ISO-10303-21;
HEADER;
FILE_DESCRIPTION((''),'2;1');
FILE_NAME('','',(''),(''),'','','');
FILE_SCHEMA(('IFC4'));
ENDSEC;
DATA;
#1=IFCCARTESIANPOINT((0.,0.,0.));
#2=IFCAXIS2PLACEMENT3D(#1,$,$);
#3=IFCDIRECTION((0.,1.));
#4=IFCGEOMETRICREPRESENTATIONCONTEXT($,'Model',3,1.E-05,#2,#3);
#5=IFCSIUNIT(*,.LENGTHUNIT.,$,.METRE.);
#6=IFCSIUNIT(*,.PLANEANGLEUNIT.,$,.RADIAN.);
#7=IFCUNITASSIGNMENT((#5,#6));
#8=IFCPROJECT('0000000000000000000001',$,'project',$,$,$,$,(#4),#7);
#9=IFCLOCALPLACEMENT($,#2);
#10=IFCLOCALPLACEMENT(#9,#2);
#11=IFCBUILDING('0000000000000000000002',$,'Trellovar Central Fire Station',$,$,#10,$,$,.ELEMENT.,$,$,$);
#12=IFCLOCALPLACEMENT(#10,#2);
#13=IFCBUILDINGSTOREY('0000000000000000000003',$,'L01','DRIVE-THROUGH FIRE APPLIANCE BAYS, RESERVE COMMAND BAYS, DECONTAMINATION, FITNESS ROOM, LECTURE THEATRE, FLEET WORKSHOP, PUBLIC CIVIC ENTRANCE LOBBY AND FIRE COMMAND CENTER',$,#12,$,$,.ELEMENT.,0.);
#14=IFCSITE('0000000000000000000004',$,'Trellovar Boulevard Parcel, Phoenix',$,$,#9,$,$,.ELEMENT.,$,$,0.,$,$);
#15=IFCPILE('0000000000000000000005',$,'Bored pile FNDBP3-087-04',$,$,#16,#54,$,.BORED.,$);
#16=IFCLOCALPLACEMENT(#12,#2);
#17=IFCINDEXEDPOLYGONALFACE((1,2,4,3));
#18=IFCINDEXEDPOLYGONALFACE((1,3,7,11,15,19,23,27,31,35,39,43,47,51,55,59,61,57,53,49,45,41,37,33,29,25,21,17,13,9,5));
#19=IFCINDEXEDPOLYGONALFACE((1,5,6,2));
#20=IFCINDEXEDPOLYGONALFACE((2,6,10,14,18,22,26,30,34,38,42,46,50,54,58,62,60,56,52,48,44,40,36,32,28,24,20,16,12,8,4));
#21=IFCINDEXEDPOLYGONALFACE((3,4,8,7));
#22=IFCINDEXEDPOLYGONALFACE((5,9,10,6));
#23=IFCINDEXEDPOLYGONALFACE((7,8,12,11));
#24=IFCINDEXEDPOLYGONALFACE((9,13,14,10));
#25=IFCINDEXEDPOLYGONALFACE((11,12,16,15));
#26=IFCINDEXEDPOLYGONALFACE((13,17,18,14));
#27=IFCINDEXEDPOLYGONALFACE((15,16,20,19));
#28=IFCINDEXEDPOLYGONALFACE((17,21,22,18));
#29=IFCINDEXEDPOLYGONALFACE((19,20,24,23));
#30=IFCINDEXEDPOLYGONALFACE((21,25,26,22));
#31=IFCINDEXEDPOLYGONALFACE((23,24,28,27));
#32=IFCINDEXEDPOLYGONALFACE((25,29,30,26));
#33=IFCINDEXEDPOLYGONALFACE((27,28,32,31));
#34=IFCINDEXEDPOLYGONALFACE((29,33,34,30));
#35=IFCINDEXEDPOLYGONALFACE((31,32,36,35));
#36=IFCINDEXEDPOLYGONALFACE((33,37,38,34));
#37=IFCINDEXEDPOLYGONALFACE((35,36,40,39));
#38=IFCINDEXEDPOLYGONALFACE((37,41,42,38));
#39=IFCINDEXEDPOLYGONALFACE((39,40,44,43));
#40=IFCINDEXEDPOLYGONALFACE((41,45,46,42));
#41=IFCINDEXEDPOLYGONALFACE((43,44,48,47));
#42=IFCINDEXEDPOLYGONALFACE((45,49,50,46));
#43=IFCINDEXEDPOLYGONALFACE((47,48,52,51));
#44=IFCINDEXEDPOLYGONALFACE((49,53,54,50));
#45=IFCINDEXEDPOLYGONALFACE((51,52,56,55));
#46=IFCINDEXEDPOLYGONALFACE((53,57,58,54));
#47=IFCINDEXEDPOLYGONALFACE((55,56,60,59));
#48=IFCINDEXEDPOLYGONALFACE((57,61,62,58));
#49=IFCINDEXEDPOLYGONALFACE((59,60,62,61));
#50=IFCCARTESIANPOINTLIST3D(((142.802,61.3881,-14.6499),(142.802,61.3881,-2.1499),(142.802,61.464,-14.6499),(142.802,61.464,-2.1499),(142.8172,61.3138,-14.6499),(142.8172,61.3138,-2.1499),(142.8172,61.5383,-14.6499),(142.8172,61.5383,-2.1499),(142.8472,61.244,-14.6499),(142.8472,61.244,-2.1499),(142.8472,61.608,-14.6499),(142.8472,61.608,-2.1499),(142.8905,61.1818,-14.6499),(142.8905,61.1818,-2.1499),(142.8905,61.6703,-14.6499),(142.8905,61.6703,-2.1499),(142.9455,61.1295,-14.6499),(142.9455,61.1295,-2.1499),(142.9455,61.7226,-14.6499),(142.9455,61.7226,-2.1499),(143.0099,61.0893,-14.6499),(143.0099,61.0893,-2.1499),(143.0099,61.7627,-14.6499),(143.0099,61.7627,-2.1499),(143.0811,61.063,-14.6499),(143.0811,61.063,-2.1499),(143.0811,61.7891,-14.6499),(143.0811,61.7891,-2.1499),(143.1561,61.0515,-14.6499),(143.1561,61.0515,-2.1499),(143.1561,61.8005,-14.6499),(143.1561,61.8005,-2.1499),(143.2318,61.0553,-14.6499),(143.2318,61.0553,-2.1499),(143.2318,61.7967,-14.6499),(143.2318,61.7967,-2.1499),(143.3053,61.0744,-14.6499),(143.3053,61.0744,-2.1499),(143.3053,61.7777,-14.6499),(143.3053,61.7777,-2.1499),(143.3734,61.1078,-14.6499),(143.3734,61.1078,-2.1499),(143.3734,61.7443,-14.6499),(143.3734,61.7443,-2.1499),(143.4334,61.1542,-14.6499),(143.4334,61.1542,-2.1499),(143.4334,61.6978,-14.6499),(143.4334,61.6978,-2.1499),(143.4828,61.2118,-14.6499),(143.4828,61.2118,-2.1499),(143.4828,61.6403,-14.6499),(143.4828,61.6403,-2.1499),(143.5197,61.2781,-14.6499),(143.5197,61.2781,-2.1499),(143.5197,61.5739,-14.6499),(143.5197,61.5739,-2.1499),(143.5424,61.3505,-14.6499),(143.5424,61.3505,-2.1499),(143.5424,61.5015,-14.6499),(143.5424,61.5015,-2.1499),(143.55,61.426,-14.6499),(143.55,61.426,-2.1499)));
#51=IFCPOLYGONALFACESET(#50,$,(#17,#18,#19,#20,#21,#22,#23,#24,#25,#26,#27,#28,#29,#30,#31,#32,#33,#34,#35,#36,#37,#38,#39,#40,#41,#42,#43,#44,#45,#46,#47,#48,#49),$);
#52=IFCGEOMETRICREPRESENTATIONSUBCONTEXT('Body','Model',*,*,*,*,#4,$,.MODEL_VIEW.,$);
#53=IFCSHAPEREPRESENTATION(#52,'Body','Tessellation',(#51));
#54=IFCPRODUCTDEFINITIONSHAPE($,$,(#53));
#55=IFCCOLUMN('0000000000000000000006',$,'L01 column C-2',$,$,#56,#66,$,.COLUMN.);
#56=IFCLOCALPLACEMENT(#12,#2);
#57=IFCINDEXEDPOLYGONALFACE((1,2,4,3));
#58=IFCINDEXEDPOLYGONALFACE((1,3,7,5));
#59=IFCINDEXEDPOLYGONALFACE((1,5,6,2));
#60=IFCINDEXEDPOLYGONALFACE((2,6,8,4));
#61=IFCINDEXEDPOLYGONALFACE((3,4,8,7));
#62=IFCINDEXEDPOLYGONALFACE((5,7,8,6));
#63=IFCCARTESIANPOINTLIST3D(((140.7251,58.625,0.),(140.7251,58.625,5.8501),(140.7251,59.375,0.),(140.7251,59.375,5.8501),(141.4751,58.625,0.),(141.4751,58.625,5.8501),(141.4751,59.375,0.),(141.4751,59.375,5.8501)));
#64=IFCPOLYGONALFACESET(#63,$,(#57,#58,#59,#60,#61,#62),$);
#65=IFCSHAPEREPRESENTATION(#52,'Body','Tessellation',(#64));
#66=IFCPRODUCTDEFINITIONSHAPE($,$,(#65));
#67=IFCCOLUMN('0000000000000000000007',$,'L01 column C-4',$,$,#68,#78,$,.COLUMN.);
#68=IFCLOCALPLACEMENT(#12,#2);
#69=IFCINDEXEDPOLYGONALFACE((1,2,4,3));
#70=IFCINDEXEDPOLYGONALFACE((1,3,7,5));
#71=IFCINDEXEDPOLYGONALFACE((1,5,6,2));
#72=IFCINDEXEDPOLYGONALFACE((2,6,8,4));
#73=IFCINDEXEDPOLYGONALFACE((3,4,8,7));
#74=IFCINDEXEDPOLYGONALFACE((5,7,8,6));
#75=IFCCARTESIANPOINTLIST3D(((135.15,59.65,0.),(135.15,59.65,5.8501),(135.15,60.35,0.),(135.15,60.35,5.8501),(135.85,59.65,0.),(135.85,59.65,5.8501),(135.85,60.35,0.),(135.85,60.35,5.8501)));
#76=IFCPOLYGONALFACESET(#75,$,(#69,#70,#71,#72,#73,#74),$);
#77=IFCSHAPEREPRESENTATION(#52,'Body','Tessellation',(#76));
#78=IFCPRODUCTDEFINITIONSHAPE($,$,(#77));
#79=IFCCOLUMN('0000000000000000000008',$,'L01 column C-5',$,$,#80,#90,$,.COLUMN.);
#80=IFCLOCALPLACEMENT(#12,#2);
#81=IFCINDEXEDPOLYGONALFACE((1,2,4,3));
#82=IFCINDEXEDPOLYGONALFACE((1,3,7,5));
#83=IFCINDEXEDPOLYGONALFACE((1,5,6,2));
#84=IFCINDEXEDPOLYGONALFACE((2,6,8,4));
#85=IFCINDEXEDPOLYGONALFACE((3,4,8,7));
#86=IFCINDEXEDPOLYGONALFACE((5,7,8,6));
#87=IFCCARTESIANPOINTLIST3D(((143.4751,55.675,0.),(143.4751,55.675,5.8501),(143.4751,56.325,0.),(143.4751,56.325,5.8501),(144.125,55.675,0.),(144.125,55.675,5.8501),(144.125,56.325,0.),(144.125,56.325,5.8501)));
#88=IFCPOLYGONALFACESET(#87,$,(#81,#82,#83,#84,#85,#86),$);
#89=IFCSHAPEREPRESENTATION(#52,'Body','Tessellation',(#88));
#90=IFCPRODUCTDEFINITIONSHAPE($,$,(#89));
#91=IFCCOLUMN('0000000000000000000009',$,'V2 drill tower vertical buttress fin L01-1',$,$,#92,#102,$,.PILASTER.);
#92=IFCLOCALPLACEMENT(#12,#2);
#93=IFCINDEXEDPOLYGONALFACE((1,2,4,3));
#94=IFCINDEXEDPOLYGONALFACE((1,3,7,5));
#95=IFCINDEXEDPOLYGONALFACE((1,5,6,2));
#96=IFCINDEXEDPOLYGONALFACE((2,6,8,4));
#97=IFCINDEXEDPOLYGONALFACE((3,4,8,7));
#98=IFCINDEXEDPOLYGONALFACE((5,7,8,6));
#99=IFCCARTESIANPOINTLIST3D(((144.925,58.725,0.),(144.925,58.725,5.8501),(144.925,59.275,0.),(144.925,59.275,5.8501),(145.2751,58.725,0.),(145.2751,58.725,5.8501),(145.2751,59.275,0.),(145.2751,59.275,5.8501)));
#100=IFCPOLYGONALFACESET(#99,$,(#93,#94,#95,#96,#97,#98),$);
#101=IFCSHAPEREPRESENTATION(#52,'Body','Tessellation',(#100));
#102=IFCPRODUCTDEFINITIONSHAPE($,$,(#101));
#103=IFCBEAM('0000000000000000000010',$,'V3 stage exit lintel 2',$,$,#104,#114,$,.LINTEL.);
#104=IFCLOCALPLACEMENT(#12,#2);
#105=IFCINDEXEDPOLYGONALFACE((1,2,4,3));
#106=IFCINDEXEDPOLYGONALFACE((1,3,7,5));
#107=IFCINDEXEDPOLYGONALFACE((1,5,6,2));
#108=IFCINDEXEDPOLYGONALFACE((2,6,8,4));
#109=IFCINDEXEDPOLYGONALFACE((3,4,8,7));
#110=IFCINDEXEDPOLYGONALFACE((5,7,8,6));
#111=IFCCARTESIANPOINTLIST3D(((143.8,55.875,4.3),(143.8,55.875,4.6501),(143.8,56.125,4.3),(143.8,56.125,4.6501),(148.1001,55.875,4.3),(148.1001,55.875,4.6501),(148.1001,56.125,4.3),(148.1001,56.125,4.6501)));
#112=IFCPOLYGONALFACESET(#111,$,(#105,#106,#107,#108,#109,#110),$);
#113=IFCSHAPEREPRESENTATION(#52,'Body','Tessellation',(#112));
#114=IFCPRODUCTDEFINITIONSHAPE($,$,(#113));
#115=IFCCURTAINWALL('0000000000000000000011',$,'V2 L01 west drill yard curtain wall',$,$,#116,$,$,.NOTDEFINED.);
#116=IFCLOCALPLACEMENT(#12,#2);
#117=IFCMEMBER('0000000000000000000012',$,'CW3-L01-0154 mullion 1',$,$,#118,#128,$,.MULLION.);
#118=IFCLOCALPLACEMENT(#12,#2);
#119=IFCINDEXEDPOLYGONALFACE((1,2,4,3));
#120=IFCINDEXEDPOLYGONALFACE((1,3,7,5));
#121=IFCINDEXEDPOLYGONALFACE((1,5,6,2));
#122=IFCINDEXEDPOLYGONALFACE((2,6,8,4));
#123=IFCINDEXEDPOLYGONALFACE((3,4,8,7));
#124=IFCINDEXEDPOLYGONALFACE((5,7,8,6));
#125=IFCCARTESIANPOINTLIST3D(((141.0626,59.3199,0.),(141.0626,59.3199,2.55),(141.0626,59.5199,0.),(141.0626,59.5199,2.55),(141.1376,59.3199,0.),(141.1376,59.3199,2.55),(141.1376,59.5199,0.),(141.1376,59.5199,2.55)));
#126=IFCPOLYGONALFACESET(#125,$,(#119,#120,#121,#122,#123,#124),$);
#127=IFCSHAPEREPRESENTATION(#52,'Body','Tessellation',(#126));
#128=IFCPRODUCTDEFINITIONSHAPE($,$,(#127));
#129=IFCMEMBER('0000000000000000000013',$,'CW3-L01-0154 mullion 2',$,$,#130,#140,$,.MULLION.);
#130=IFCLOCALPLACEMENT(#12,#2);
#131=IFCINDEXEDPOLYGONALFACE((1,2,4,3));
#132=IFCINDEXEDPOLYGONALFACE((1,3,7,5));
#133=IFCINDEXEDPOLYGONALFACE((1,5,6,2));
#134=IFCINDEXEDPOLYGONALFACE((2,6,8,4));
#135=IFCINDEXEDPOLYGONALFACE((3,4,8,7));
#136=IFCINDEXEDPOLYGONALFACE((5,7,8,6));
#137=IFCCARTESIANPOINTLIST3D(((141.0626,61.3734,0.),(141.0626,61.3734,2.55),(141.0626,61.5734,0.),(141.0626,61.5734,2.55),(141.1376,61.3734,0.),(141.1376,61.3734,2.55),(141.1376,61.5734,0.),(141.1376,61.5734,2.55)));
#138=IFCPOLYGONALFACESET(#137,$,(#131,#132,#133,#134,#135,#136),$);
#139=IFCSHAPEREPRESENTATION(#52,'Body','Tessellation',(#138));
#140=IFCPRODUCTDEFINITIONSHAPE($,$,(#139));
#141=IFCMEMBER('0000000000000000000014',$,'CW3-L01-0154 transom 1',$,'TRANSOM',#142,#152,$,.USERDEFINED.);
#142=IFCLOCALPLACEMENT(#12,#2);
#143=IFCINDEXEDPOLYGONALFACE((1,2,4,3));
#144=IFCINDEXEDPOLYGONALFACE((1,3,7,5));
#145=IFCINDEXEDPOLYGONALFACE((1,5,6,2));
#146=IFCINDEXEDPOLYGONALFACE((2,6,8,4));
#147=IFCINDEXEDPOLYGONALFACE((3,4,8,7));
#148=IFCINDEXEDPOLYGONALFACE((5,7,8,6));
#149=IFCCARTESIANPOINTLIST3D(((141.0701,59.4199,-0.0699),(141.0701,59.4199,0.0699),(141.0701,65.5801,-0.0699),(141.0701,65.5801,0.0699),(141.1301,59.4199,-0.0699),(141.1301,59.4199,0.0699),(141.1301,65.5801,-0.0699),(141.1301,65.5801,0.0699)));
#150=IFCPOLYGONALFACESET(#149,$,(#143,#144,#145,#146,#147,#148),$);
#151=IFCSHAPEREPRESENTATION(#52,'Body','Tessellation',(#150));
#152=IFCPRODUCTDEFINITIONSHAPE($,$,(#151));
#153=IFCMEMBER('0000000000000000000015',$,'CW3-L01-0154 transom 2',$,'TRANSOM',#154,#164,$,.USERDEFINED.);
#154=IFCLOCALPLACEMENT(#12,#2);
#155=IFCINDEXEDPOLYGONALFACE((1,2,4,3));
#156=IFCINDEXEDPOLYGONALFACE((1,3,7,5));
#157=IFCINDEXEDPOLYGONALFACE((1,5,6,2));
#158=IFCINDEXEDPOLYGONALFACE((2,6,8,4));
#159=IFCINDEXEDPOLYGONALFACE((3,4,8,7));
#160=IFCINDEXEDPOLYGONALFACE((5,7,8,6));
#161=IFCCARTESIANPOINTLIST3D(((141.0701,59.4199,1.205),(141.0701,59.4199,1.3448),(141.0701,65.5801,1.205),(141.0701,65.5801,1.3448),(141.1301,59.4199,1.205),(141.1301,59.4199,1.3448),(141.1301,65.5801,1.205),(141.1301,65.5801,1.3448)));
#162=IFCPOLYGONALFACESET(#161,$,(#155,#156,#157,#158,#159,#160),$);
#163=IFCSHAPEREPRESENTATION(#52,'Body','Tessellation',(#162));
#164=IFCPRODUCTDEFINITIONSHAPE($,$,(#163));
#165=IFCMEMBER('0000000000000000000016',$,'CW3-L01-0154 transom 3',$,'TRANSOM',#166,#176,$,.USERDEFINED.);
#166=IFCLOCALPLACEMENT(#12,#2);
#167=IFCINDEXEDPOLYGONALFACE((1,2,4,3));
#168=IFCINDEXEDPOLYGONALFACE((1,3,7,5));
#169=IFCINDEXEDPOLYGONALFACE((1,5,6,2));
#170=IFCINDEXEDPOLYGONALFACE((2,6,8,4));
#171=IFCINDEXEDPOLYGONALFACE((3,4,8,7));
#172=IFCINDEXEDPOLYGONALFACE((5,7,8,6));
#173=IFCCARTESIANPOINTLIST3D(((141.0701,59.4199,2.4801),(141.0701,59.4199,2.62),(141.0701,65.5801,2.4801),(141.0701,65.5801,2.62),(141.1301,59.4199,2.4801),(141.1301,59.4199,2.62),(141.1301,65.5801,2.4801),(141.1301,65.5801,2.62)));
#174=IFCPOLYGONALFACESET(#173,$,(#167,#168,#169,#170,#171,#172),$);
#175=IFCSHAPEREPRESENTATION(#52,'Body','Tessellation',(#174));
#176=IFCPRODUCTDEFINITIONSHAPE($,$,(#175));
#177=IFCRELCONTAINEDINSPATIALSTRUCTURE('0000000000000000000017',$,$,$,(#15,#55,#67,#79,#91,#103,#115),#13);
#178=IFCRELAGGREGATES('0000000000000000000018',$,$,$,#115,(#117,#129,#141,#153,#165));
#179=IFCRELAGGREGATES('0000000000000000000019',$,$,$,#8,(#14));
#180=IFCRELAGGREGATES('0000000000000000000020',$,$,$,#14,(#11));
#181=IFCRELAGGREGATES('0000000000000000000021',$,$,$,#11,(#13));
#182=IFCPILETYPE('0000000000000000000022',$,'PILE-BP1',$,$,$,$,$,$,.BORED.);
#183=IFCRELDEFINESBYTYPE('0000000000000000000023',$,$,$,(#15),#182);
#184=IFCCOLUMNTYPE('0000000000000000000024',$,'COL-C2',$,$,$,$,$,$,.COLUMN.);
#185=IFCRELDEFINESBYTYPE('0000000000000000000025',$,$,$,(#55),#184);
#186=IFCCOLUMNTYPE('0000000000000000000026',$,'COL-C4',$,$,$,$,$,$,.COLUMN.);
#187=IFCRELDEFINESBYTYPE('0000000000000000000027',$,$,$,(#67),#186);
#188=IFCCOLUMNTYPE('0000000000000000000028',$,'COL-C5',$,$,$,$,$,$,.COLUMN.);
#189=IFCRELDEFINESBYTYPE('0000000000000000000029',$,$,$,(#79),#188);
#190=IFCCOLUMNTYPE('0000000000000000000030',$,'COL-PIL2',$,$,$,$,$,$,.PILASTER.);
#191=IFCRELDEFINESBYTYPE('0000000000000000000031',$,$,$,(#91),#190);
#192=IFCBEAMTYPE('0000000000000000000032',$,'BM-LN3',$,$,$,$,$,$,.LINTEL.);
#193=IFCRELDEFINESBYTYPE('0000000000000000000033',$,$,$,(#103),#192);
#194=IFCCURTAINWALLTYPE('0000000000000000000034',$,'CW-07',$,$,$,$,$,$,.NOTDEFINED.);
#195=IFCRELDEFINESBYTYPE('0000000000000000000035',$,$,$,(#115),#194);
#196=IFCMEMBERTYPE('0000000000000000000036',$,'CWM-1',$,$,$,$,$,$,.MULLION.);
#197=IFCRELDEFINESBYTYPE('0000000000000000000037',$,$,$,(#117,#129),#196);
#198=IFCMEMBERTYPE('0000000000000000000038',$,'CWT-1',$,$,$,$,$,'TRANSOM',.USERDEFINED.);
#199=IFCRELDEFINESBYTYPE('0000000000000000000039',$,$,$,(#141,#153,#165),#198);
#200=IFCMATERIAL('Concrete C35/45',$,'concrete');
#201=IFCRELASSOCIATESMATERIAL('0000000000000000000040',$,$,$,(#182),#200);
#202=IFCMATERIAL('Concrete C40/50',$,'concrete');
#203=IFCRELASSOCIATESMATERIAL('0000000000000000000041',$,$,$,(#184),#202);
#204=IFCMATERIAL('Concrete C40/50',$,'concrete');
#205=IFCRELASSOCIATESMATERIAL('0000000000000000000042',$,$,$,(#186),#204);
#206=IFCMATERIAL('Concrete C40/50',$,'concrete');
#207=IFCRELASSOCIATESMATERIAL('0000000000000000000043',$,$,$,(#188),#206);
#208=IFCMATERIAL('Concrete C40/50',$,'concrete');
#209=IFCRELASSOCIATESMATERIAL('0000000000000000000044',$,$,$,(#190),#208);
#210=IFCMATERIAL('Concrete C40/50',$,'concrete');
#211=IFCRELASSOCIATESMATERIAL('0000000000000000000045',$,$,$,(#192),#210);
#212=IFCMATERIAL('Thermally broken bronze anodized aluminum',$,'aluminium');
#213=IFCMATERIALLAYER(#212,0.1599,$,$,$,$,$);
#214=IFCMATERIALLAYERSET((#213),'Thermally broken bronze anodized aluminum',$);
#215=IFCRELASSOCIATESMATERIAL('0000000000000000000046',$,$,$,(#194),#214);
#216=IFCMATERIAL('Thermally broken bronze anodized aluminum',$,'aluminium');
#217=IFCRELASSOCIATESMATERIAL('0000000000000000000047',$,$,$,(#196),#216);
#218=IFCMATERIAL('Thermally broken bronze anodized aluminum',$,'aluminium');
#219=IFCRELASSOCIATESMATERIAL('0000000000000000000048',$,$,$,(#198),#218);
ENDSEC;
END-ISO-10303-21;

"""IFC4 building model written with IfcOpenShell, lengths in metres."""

from ifc_helpers import new_model, si_unit, direction, frame, origin, origin_2d, place, context, subcontext, project, spatial, rectangle, circle, extrude, material, layer, layer_set, material_profile, profile_set, type_object, element, aggregate, save


model = new_model("IFC4")

# Units and contexts
model_context = context("Model", 3, precision=1e-05, world=origin(), true_north=direction((0.0, 1.0)))
body_context = subcontext(model_context, "Body", "Model", "MODEL_VIEW")
ifc_project = project(units=[si_unit("LENGTHUNIT", "METRE"), si_unit("PLANEANGLEUNIT", "RADIAN")], contexts=[model_context])

# Site, building, storey
site_placement = place(None, origin())
site = spatial("IfcSite", under=ifc_project, at=site_placement, Name="Trellovar Boulevard Parcel, Phoenix", CompositionType="ELEMENT", RefElevation=0.0)
building_placement = place(site_placement, origin())
building = spatial("IfcBuilding", under=site, at=building_placement, Name="Trellovar Central Fire Station", CompositionType="ELEMENT")
storey_placement = place(building_placement, origin())
storey = spatial("IfcBuildingStorey", under=building, at=storey_placement, Name="L01", Description="DRIVE-THROUGH FIRE APPLIANCE BAYS, RESERVE COMMAND BAYS, DECONTAMINATION, FITNESS ROOM, LECTURE THEATRE, FLEET WORKSHOP, PUBLIC CIVIC ENTRANCE LOBBY AND FIRE COMMAND CENTER", CompositionType="ELEMENT", Elevation=0.0)

# Pile
ifc_material_1 = material(Name="Concrete C35/45", Category="concrete")
ifc_material_profile_1 = material_profile(ifc_material_1, circle(Radius=0.375, at=origin_2d()), Name="PILE750")
ifc_profile_set_1 = profile_set([ifc_material_profile_1], Name="Concrete C35/45")
pile_type = type_object("IfcPileType", Name="PILE-BP1", PredefinedType="BORED", material=ifc_profile_set_1)
for number, where, z_axis, x_axis, name in (
    (1, (143.175, 61.426, -2.1499), (0.0, 0.0, -1.0), (1.0, 0.0, 0.0), "Bored pile FNDBP3-087-04"),
):
    element("IfcPile", number, at=place(storey_placement, frame(where, z_axis=z_axis, x_axis=x_axis)), inside=storey, type_object=pile_type, Name=name, PredefinedType="BORED", context=body_context, shape_type="SweptSolid", body=[
        extrude(circle(Radius=0.375, at=origin_2d()), origin(), (0.0, 0.0, 1.0), 12.5),
    ])

# Columns
ifc_material_2 = material(Name="Concrete C40/50", Category="concrete")
ifc_material_profile_2 = material_profile(ifc_material_2, rectangle(XDim=0.75, YDim=0.75, at=origin_2d()), Name="RC750X750")
ifc_profile_set_2 = profile_set([ifc_material_profile_2], Name="Concrete C40/50")
column_type_1 = type_object("IfcColumnType", Name="COL-C2", PredefinedType="COLUMN", material=ifc_profile_set_2)
column_1_placement = place(storey_placement, frame((141.1001, 59.0, 0.0), z_axis=(0.0, 0.0, 1.0), x_axis=(1.0, 0.0, 0.0)))
element("IfcColumn", 2, at=column_1_placement, inside=storey, type_object=column_type_1, Name="L01 column C-2", PredefinedType="COLUMN", context=body_context, shape_type="SweptSolid", body=[
    extrude(rectangle(XDim=0.75, YDim=0.75, at=origin_2d()), origin(), (0.0, 0.0, 1.0), 5.8501),
])
ifc_material_3 = material(Name="Concrete C40/50", Category="concrete")
ifc_material_profile_3 = material_profile(ifc_material_3, rectangle(XDim=0.7, YDim=0.7, at=origin_2d()), Name="RC700X700")
ifc_profile_set_3 = profile_set([ifc_material_profile_3], Name="Concrete C40/50")
column_type_2 = type_object("IfcColumnType", Name="COL-C4", PredefinedType="COLUMN", material=ifc_profile_set_3)
column_2_placement = place(storey_placement, frame((135.5, 60.0, 0.0), z_axis=(0.0, 0.0, 1.0), x_axis=(1.0, 0.0, 0.0)))
element("IfcColumn", 3, at=column_2_placement, inside=storey, type_object=column_type_2, Name="L01 column C-4", PredefinedType="COLUMN", context=body_context, shape_type="SweptSolid", body=[
    extrude(rectangle(XDim=0.7, YDim=0.7, at=origin_2d()), origin(), (0.0, 0.0, 1.0), 5.8501),
])
ifc_material_4 = material(Name="Concrete C40/50", Category="concrete")
ifc_material_profile_4 = material_profile(ifc_material_4, rectangle(XDim=0.6499, YDim=0.6499, at=origin_2d()), Name="RC650X650")
ifc_profile_set_4 = profile_set([ifc_material_profile_4], Name="Concrete C40/50")
column_type_3 = type_object("IfcColumnType", Name="COL-C5", PredefinedType="COLUMN", material=ifc_profile_set_4)
column_3_placement = place(storey_placement, frame((143.8, 56.0, 0.0), z_axis=(0.0, 0.0, 1.0), x_axis=(1.0, 0.0, 0.0)))
element("IfcColumn", 4, at=column_3_placement, inside=storey, type_object=column_type_3, Name="L01 column C-5", PredefinedType="COLUMN", context=body_context, shape_type="SweptSolid", body=[
    extrude(rectangle(XDim=0.6499, YDim=0.6499, at=origin_2d()), origin(), (0.0, 0.0, 1.0), 5.8501),
])
ifc_material_5 = material(Name="Concrete C40/50", Category="concrete")
ifc_material_profile_5 = material_profile(ifc_material_5, rectangle(XDim=0.3501, YDim=0.55, at=origin_2d()), Name="RC350X550")
ifc_profile_set_5 = profile_set([ifc_material_profile_5], Name="Concrete C40/50")
column_type_4 = type_object("IfcColumnType", Name="COL-PIL2", PredefinedType="PILASTER", material=ifc_profile_set_5)
column_4_placement = place(storey_placement, frame((145.1001, 59.0, 0.0), z_axis=(0.0, 0.0, 1.0), x_axis=(1.0, 0.0, 0.0)))
element("IfcColumn", 5, at=column_4_placement, inside=storey, type_object=column_type_4, Name="V2 drill tower vertical buttress fin L01-1", PredefinedType="PILASTER", context=body_context, shape_type="SweptSolid", body=[
    extrude(rectangle(XDim=0.3501, YDim=0.55, at=origin_2d()), origin(), (0.0, 0.0, 1.0), 5.8501),
])

# Beam
ifc_material_6 = material(Name="Concrete C40/50", Category="concrete")
ifc_material_profile_6 = material_profile(ifc_material_6, rectangle(XDim=0.25, YDim=0.3501, at=origin_2d()), Name="RC250X350")
ifc_profile_set_6 = profile_set([ifc_material_profile_6], Name="Concrete C40/50")
beam_type = type_object("IfcBeamType", Name="BM-LN3", PredefinedType="LINTEL", material=ifc_profile_set_6)
beam_placement = place(storey_placement, frame((143.8, 56.0, 4.4751), z_axis=(1.0, 0.0, 0.0), x_axis=(0.0, 1.0, 0.0)))
element("IfcBeam", 6, at=beam_placement, inside=storey, type_object=beam_type, Name="V3 stage exit lintel 2", PredefinedType="LINTEL", context=body_context, shape_type="SweptSolid", body=[
    extrude(rectangle(XDim=0.25, YDim=0.3501, at=origin_2d()), origin(), (0.0, 0.0, 1.0), 4.3),
])

# Curtain wall, members
ifc_material_7 = material(Name="Thermally broken bronze anodized aluminum", Category="aluminium")
ifc_layer_1 = layer(ifc_material_7, 0.1599)
ifc_layer_set_1 = layer_set([ifc_layer_1], Name="Thermally broken bronze anodized aluminum")
curtain_wall_type = type_object("IfcCurtainWallType", Name="CW-07", PredefinedType="NOTDEFINED", material=ifc_layer_set_1)
curtain_wall_placement = place(storey_placement, origin())
curtain_wall = element("IfcCurtainWall", 7, at=curtain_wall_placement, inside=storey, type_object=curtain_wall_type, Name="V2 L01 west drill yard curtain wall", PredefinedType="NOTDEFINED")
ifc_material_8 = material(Name="Thermally broken bronze anodized aluminum", Category="aluminium")
ifc_material_profile_7 = material_profile(ifc_material_8, rectangle(XDim=0.075, YDim=0.2, at=origin_2d()), Name="ALU75X200")
ifc_profile_set_7 = profile_set([ifc_material_profile_7], Name="Thermally broken bronze anodized aluminum")
member_type_1 = type_object("IfcMemberType", Name="CWM-1", PredefinedType="MULLION", material=ifc_profile_set_7)
member_1_placement = place(storey_placement, frame((141.1001, 59.4199, 0.0), z_axis=(0.0, 0.0, 1.0), x_axis=(1.0, 0.0, 0.0)))
member_1 = element("IfcMember", 8, at=member_1_placement, type_object=member_type_1, Name="CW3-L01-0154 mullion 1", PredefinedType="MULLION", context=body_context, shape_type="SweptSolid", body=[
    extrude(rectangle(XDim=0.075, YDim=0.2, at=origin_2d()), origin(), (0.0, 0.0, 1.0), 2.55),
])
member_2_placement = place(storey_placement, frame((141.1001, 61.4734, 0.0), z_axis=(0.0, 0.0, 1.0), x_axis=(1.0, 0.0, 0.0)))
member_2 = element("IfcMember", 9, at=member_2_placement, type_object=member_type_1, Name="CW3-L01-0154 mullion 2", PredefinedType="MULLION", context=body_context, shape_type="SweptSolid", body=[
    extrude(rectangle(XDim=0.075, YDim=0.2, at=origin_2d()), origin(), (0.0, 0.0, 1.0), 2.55),
])
ifc_material_9 = material(Name="Thermally broken bronze anodized aluminum", Category="aluminium")
ifc_material_profile_8 = material_profile(ifc_material_9, rectangle(XDim=0.0601, YDim=0.1399, at=origin_2d()), Name="ALU60X140")
ifc_profile_set_8 = profile_set([ifc_material_profile_8], Name="Thermally broken bronze anodized aluminum")
member_type_2 = type_object("IfcMemberType", Name="CWT-1", ElementType="TRANSOM", PredefinedType="USERDEFINED", material=ifc_profile_set_8)
member_3_placement = place(storey_placement, frame((141.1001, 59.4199, 0.0), z_axis=(0.0, 1.0, 0.0), x_axis=(-1.0, 0.0, 0.0)))
member_3 = element("IfcMember", 10, at=member_3_placement, type_object=member_type_2, Name="CW3-L01-0154 transom 1", ObjectType="TRANSOM", PredefinedType="USERDEFINED", context=body_context, shape_type="SweptSolid", body=[
    extrude(rectangle(XDim=0.0601, YDim=0.1399, at=origin_2d()), origin(), (0.0, 0.0, 1.0), 6.1602),
])
member_4_placement = place(storey_placement, frame((141.1001, 59.4199, 1.2749), z_axis=(0.0, 1.0, 0.0), x_axis=(-1.0, 0.0, 0.0)))
member_4 = element("IfcMember", 11, at=member_4_placement, type_object=member_type_2, Name="CW3-L01-0154 transom 2", ObjectType="TRANSOM", PredefinedType="USERDEFINED", context=body_context, shape_type="SweptSolid", body=[
    extrude(rectangle(XDim=0.0601, YDim=0.1399, at=origin_2d()), origin(), (0.0, 0.0, 1.0), 6.1602),
])
member_5_placement = place(storey_placement, frame((141.1001, 59.4199, 2.55), z_axis=(0.0, 1.0, 0.0), x_axis=(-1.0, 0.0, 0.0)))
member_5 = element("IfcMember", 12, at=member_5_placement, type_object=member_type_2, Name="CW3-L01-0154 transom 3", ObjectType="TRANSOM", PredefinedType="USERDEFINED", context=body_context, shape_type="SweptSolid", body=[
    extrude(rectangle(XDim=0.0601, YDim=0.1399, at=origin_2d()), origin(), (0.0, 0.0, 1.0), 6.1602),
])
aggregate(curtain_wall, [member_1, member_2, member_3, member_4, member_5])

save(model, "model.ifc")
